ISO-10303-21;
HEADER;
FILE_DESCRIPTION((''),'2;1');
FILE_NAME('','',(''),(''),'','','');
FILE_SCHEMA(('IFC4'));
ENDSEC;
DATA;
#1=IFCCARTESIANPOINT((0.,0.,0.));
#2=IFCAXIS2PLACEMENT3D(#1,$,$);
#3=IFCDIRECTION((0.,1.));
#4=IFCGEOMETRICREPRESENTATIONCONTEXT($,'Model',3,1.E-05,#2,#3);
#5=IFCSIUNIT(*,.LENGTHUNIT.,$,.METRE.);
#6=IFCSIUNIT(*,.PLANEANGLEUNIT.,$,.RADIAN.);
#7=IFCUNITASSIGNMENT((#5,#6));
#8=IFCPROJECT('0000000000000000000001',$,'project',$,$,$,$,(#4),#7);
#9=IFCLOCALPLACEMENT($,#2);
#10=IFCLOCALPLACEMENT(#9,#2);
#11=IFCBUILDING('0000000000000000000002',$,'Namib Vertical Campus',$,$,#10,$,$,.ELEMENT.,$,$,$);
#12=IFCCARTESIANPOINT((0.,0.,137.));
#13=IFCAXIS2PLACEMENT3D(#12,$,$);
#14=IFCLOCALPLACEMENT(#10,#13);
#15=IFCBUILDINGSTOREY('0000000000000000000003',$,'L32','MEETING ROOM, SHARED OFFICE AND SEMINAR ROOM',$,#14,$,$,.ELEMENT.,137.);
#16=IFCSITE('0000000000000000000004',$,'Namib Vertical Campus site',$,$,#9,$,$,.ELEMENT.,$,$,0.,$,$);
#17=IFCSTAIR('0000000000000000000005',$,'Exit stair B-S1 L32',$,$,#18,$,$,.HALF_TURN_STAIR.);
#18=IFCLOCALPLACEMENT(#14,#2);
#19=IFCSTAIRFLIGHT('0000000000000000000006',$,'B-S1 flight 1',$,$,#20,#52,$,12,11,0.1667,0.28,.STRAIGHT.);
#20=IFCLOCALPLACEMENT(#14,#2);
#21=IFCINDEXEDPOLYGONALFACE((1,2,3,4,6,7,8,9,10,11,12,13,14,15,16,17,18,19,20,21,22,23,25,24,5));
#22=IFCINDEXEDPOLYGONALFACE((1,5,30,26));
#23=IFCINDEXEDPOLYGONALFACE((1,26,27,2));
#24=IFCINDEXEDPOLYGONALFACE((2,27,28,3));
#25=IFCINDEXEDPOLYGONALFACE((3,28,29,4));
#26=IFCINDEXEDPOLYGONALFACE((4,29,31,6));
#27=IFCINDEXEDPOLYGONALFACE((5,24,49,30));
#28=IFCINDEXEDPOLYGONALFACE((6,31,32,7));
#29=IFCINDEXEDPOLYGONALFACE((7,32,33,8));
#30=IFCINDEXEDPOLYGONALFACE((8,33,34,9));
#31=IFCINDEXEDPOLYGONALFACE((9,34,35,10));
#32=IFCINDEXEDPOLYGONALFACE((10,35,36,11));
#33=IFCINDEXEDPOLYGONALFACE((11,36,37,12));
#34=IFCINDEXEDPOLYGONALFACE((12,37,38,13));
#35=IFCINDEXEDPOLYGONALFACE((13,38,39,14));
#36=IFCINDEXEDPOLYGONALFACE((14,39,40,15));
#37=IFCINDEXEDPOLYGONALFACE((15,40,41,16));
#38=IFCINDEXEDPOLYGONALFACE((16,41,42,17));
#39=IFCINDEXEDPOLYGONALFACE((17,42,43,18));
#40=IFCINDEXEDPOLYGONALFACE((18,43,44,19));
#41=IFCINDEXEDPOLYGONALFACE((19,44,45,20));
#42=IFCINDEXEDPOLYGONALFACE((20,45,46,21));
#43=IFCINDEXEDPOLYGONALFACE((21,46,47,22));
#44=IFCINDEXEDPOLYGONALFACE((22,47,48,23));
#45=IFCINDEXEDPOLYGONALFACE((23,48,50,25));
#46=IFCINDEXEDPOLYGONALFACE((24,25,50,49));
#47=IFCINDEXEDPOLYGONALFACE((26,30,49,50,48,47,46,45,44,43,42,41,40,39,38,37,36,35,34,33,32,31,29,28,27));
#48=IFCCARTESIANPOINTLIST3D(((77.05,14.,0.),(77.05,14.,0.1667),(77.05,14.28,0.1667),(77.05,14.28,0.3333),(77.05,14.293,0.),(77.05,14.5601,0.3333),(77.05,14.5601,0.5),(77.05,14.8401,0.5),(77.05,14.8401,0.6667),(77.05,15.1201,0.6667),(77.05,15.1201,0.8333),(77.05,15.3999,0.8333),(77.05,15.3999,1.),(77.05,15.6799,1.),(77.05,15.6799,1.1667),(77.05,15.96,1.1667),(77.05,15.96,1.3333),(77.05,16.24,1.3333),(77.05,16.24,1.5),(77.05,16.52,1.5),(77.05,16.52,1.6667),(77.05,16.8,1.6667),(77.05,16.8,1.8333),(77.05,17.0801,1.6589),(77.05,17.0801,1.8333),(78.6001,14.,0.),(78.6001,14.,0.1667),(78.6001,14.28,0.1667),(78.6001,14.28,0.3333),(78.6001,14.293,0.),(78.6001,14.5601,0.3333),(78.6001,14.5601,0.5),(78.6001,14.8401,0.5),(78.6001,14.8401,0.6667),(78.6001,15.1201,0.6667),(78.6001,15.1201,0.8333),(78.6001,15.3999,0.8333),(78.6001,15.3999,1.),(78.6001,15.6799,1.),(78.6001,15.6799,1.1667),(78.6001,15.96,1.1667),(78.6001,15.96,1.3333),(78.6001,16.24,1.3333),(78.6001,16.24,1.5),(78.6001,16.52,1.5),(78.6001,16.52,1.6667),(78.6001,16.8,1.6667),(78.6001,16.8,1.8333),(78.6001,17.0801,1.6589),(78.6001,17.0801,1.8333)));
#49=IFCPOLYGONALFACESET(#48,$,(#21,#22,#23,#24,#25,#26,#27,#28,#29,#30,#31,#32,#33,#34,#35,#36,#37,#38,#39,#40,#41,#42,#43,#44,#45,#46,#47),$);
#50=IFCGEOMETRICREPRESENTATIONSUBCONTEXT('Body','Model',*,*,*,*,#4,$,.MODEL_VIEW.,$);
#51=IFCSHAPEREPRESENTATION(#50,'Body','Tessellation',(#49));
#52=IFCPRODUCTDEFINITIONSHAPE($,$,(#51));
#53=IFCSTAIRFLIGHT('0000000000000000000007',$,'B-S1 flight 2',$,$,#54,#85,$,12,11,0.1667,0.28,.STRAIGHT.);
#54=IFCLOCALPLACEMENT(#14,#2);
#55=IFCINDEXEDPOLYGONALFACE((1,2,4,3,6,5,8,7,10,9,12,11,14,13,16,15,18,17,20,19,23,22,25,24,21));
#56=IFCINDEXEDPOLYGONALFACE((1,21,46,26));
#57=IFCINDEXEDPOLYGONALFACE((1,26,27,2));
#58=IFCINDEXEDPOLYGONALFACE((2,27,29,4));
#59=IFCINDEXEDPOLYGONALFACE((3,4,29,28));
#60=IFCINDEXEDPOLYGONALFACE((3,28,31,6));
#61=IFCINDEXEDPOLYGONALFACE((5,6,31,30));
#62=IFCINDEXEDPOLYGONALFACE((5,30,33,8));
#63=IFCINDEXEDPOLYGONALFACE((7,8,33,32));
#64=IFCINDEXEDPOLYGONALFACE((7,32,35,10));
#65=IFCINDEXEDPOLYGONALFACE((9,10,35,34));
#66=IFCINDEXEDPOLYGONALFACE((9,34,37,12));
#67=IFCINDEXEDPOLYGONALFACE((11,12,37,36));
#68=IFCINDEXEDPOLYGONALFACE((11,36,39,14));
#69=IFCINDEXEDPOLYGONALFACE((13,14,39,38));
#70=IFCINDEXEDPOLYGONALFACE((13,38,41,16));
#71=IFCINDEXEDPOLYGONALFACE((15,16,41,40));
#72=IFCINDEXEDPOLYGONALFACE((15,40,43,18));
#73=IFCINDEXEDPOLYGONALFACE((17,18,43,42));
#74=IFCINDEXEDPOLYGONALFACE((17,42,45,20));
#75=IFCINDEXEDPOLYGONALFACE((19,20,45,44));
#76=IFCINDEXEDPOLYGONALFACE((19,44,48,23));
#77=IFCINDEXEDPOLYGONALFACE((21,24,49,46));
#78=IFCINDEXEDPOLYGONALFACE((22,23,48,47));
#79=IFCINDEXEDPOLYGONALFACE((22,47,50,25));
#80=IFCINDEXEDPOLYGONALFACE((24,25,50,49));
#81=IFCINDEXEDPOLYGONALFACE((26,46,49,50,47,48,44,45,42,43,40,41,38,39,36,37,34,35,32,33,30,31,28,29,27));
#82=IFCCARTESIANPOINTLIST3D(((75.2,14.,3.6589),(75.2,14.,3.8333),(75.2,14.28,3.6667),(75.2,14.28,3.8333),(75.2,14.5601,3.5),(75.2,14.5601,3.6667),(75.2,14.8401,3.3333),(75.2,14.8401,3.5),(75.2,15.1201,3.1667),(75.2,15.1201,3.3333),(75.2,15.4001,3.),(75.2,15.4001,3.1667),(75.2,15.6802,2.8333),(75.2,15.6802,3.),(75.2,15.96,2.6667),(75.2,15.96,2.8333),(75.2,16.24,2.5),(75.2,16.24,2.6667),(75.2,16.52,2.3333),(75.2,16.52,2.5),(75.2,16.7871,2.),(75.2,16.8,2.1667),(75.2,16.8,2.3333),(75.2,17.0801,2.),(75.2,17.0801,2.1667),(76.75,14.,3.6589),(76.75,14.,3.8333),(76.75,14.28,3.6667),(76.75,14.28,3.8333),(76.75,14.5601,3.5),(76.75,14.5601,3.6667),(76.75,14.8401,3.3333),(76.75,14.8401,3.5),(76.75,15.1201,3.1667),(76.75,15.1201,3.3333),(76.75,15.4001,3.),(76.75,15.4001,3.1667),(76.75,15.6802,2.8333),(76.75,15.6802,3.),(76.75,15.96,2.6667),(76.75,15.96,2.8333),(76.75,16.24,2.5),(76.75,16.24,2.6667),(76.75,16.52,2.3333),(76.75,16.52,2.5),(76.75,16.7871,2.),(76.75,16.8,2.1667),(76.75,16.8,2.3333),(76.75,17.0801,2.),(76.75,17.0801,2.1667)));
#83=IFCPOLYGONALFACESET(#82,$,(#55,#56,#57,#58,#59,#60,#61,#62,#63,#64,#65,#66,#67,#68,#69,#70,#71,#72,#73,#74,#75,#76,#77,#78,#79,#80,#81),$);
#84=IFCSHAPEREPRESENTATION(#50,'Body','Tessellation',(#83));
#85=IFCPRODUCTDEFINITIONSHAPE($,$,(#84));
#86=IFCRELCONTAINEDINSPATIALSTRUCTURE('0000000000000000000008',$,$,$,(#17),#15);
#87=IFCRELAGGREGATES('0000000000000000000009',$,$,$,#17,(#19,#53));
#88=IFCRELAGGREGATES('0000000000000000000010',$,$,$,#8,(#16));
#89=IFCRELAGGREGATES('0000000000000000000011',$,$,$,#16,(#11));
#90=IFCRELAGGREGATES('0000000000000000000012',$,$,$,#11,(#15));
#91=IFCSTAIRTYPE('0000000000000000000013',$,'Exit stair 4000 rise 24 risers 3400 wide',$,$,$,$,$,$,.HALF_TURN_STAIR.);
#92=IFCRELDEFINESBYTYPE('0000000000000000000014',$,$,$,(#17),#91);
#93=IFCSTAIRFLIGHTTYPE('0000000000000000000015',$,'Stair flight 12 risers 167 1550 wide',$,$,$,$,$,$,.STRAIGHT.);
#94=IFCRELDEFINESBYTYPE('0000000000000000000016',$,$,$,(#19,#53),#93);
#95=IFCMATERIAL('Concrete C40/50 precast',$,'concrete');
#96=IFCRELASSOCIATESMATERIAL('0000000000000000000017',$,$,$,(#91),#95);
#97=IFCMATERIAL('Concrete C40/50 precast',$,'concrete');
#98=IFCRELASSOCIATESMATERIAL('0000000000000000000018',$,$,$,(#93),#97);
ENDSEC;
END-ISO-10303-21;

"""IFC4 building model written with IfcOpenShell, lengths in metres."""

from ifc_helpers import new_model, si_unit, direction, frame, origin, place, context, subcontext, project, spatial, polyline, outline, extrude, material, type_object, element, aggregate, save


model = new_model("IFC4")

# Units and contexts
model_context = context("Model", 3, precision=1e-05, world=origin(), true_north=direction((0.0, 1.0)))
body_context = subcontext(model_context, "Body", "Model", "MODEL_VIEW")
ifc_project = project(units=[si_unit("LENGTHUNIT", "METRE"), si_unit("PLANEANGLEUNIT", "RADIAN")], contexts=[model_context])

# Site, building, storey
site_placement = place(None, origin())
site = spatial("IfcSite", under=ifc_project, at=site_placement, Name="Namib Vertical Campus site", CompositionType="ELEMENT", RefElevation=0.0)
building_placement = place(site_placement, origin())
building = spatial("IfcBuilding", under=site, at=building_placement, Name="Namib Vertical Campus", CompositionType="ELEMENT")
storey_placement = place(building_placement, frame((0.0, 0.0, 137.0)))
storey = spatial("IfcBuildingStorey", under=building, at=storey_placement, Name="L32", Description="MEETING ROOM, SHARED OFFICE AND SEMINAR ROOM", CompositionType="ELEMENT", Elevation=137.0)

# Stair, stair flights
ifc_material_1 = material(Name="Concrete C40/50 precast", Category="concrete")
stair_type = type_object("IfcStairType", Name="Exit stair 4000 rise 24 risers 3400 wide", PredefinedType="HALF_TURN_STAIR", material=ifc_material_1)
stair_placement = place(storey_placement, origin())
stair = element("IfcStair", 1, at=stair_placement, inside=storey, type_object=stair_type, Name="Exit stair B-S1 L32", PredefinedType="HALF_TURN_STAIR")
ifc_material_2 = material(Name="Concrete C40/50 precast", Category="concrete")
stair_flight_type = type_object("IfcStairFlightType", Name="Stair flight 12 risers 167 1550 wide", PredefinedType="STRAIGHT", material=ifc_material_2)
stair_flight_1_placement = place(storey_placement, frame((77.825, 14.0, 0.0), z_axis=(0.0, 0.0, 1.0), x_axis=(0.0, 1.0, 0.0)))
stair_flight_1 = element("IfcStairFlight", 2, at=stair_flight_1_placement, type_object=stair_flight_type, Name="B-S1 flight 1", NumberOfRisers=12, NumberOfTreads=11, PredefinedType="STRAIGHT", RiserHeight=0.1667, TreadLength=0.28, context=body_context, shape_type="SweptSolid", body=[
    extrude(outline(polyline([(0.0, 0.0), (0.0, 0.1667), (0.28, 0.1667), (0.28, 0.3333), (0.5601, 0.3333), (0.5601, 0.5), (0.8401, 0.5), (0.8401, 0.6667), (1.1201, 0.6667), (1.1201, 0.8333), (1.3999, 0.8333), (1.3999, 1.0), (1.6799, 1.0), (1.6799, 1.1667), (1.96, 1.1667), (1.96, 1.3333), (2.24, 1.3333), (2.24, 1.5), (2.52, 1.5), (2.52, 1.6667), (2.8, 1.6667), (2.8, 1.8333), (3.0801, 1.8333), (3.0801, 2.0), (3.0801, 1.6589), (0.293, 0.0), (0.0, 0.0)])), frame((0.0, 0.7749, 0.0), z_axis=(0.0, -1.0, 0.0), x_axis=(1.0, 0.0, 0.0)), (0.0, 0.0, 1.0), 1.55),
])
stair_flight_2_placement = place(storey_placement, frame((75.9751, 17.0801, 2.0), z_axis=(0.0, 0.0, 1.0), x_axis=(0.0, -1.0, 0.0)))
stair_flight_2 = element("IfcStairFlight", 3, at=stair_flight_2_placement, type_object=stair_flight_type, Name="B-S1 flight 2", NumberOfRisers=12, NumberOfTreads=11, PredefinedType="STRAIGHT", RiserHeight=0.1667, TreadLength=0.28, context=body_context, shape_type="SweptSolid", body=[
    extrude(outline(polyline([(0.0, 0.0), (0.0, 0.1667), (0.28, 0.1667), (0.28, 0.3333), (0.5601, 0.3333), (0.5601, 0.5), (0.8401, 0.5), (0.8401, 0.6667), (1.1201, 0.6667), (1.1201, 0.8333), (1.3999, 0.8333), (1.3999, 1.0), (1.6799, 1.0), (1.6799, 1.1667), (1.96, 1.1667), (1.96, 1.3333), (2.24, 1.3333), (2.24, 1.5), (2.52, 1.5), (2.52, 1.6667), (2.8, 1.6667), (2.8, 1.8333), (3.0801, 1.8333), (3.0801, 2.0), (3.0801, 1.6589), (0.293, 0.0), (0.0, 0.0)])), frame((0.0, 0.7749, 0.0), z_axis=(0.0, -1.0, 0.0), x_axis=(1.0, 0.0, 0.0)), (0.0, 0.0, 1.0), 1.55),
])
aggregate(stair, [stair_flight_1, stair_flight_2])

save(model, "model.ifc")
